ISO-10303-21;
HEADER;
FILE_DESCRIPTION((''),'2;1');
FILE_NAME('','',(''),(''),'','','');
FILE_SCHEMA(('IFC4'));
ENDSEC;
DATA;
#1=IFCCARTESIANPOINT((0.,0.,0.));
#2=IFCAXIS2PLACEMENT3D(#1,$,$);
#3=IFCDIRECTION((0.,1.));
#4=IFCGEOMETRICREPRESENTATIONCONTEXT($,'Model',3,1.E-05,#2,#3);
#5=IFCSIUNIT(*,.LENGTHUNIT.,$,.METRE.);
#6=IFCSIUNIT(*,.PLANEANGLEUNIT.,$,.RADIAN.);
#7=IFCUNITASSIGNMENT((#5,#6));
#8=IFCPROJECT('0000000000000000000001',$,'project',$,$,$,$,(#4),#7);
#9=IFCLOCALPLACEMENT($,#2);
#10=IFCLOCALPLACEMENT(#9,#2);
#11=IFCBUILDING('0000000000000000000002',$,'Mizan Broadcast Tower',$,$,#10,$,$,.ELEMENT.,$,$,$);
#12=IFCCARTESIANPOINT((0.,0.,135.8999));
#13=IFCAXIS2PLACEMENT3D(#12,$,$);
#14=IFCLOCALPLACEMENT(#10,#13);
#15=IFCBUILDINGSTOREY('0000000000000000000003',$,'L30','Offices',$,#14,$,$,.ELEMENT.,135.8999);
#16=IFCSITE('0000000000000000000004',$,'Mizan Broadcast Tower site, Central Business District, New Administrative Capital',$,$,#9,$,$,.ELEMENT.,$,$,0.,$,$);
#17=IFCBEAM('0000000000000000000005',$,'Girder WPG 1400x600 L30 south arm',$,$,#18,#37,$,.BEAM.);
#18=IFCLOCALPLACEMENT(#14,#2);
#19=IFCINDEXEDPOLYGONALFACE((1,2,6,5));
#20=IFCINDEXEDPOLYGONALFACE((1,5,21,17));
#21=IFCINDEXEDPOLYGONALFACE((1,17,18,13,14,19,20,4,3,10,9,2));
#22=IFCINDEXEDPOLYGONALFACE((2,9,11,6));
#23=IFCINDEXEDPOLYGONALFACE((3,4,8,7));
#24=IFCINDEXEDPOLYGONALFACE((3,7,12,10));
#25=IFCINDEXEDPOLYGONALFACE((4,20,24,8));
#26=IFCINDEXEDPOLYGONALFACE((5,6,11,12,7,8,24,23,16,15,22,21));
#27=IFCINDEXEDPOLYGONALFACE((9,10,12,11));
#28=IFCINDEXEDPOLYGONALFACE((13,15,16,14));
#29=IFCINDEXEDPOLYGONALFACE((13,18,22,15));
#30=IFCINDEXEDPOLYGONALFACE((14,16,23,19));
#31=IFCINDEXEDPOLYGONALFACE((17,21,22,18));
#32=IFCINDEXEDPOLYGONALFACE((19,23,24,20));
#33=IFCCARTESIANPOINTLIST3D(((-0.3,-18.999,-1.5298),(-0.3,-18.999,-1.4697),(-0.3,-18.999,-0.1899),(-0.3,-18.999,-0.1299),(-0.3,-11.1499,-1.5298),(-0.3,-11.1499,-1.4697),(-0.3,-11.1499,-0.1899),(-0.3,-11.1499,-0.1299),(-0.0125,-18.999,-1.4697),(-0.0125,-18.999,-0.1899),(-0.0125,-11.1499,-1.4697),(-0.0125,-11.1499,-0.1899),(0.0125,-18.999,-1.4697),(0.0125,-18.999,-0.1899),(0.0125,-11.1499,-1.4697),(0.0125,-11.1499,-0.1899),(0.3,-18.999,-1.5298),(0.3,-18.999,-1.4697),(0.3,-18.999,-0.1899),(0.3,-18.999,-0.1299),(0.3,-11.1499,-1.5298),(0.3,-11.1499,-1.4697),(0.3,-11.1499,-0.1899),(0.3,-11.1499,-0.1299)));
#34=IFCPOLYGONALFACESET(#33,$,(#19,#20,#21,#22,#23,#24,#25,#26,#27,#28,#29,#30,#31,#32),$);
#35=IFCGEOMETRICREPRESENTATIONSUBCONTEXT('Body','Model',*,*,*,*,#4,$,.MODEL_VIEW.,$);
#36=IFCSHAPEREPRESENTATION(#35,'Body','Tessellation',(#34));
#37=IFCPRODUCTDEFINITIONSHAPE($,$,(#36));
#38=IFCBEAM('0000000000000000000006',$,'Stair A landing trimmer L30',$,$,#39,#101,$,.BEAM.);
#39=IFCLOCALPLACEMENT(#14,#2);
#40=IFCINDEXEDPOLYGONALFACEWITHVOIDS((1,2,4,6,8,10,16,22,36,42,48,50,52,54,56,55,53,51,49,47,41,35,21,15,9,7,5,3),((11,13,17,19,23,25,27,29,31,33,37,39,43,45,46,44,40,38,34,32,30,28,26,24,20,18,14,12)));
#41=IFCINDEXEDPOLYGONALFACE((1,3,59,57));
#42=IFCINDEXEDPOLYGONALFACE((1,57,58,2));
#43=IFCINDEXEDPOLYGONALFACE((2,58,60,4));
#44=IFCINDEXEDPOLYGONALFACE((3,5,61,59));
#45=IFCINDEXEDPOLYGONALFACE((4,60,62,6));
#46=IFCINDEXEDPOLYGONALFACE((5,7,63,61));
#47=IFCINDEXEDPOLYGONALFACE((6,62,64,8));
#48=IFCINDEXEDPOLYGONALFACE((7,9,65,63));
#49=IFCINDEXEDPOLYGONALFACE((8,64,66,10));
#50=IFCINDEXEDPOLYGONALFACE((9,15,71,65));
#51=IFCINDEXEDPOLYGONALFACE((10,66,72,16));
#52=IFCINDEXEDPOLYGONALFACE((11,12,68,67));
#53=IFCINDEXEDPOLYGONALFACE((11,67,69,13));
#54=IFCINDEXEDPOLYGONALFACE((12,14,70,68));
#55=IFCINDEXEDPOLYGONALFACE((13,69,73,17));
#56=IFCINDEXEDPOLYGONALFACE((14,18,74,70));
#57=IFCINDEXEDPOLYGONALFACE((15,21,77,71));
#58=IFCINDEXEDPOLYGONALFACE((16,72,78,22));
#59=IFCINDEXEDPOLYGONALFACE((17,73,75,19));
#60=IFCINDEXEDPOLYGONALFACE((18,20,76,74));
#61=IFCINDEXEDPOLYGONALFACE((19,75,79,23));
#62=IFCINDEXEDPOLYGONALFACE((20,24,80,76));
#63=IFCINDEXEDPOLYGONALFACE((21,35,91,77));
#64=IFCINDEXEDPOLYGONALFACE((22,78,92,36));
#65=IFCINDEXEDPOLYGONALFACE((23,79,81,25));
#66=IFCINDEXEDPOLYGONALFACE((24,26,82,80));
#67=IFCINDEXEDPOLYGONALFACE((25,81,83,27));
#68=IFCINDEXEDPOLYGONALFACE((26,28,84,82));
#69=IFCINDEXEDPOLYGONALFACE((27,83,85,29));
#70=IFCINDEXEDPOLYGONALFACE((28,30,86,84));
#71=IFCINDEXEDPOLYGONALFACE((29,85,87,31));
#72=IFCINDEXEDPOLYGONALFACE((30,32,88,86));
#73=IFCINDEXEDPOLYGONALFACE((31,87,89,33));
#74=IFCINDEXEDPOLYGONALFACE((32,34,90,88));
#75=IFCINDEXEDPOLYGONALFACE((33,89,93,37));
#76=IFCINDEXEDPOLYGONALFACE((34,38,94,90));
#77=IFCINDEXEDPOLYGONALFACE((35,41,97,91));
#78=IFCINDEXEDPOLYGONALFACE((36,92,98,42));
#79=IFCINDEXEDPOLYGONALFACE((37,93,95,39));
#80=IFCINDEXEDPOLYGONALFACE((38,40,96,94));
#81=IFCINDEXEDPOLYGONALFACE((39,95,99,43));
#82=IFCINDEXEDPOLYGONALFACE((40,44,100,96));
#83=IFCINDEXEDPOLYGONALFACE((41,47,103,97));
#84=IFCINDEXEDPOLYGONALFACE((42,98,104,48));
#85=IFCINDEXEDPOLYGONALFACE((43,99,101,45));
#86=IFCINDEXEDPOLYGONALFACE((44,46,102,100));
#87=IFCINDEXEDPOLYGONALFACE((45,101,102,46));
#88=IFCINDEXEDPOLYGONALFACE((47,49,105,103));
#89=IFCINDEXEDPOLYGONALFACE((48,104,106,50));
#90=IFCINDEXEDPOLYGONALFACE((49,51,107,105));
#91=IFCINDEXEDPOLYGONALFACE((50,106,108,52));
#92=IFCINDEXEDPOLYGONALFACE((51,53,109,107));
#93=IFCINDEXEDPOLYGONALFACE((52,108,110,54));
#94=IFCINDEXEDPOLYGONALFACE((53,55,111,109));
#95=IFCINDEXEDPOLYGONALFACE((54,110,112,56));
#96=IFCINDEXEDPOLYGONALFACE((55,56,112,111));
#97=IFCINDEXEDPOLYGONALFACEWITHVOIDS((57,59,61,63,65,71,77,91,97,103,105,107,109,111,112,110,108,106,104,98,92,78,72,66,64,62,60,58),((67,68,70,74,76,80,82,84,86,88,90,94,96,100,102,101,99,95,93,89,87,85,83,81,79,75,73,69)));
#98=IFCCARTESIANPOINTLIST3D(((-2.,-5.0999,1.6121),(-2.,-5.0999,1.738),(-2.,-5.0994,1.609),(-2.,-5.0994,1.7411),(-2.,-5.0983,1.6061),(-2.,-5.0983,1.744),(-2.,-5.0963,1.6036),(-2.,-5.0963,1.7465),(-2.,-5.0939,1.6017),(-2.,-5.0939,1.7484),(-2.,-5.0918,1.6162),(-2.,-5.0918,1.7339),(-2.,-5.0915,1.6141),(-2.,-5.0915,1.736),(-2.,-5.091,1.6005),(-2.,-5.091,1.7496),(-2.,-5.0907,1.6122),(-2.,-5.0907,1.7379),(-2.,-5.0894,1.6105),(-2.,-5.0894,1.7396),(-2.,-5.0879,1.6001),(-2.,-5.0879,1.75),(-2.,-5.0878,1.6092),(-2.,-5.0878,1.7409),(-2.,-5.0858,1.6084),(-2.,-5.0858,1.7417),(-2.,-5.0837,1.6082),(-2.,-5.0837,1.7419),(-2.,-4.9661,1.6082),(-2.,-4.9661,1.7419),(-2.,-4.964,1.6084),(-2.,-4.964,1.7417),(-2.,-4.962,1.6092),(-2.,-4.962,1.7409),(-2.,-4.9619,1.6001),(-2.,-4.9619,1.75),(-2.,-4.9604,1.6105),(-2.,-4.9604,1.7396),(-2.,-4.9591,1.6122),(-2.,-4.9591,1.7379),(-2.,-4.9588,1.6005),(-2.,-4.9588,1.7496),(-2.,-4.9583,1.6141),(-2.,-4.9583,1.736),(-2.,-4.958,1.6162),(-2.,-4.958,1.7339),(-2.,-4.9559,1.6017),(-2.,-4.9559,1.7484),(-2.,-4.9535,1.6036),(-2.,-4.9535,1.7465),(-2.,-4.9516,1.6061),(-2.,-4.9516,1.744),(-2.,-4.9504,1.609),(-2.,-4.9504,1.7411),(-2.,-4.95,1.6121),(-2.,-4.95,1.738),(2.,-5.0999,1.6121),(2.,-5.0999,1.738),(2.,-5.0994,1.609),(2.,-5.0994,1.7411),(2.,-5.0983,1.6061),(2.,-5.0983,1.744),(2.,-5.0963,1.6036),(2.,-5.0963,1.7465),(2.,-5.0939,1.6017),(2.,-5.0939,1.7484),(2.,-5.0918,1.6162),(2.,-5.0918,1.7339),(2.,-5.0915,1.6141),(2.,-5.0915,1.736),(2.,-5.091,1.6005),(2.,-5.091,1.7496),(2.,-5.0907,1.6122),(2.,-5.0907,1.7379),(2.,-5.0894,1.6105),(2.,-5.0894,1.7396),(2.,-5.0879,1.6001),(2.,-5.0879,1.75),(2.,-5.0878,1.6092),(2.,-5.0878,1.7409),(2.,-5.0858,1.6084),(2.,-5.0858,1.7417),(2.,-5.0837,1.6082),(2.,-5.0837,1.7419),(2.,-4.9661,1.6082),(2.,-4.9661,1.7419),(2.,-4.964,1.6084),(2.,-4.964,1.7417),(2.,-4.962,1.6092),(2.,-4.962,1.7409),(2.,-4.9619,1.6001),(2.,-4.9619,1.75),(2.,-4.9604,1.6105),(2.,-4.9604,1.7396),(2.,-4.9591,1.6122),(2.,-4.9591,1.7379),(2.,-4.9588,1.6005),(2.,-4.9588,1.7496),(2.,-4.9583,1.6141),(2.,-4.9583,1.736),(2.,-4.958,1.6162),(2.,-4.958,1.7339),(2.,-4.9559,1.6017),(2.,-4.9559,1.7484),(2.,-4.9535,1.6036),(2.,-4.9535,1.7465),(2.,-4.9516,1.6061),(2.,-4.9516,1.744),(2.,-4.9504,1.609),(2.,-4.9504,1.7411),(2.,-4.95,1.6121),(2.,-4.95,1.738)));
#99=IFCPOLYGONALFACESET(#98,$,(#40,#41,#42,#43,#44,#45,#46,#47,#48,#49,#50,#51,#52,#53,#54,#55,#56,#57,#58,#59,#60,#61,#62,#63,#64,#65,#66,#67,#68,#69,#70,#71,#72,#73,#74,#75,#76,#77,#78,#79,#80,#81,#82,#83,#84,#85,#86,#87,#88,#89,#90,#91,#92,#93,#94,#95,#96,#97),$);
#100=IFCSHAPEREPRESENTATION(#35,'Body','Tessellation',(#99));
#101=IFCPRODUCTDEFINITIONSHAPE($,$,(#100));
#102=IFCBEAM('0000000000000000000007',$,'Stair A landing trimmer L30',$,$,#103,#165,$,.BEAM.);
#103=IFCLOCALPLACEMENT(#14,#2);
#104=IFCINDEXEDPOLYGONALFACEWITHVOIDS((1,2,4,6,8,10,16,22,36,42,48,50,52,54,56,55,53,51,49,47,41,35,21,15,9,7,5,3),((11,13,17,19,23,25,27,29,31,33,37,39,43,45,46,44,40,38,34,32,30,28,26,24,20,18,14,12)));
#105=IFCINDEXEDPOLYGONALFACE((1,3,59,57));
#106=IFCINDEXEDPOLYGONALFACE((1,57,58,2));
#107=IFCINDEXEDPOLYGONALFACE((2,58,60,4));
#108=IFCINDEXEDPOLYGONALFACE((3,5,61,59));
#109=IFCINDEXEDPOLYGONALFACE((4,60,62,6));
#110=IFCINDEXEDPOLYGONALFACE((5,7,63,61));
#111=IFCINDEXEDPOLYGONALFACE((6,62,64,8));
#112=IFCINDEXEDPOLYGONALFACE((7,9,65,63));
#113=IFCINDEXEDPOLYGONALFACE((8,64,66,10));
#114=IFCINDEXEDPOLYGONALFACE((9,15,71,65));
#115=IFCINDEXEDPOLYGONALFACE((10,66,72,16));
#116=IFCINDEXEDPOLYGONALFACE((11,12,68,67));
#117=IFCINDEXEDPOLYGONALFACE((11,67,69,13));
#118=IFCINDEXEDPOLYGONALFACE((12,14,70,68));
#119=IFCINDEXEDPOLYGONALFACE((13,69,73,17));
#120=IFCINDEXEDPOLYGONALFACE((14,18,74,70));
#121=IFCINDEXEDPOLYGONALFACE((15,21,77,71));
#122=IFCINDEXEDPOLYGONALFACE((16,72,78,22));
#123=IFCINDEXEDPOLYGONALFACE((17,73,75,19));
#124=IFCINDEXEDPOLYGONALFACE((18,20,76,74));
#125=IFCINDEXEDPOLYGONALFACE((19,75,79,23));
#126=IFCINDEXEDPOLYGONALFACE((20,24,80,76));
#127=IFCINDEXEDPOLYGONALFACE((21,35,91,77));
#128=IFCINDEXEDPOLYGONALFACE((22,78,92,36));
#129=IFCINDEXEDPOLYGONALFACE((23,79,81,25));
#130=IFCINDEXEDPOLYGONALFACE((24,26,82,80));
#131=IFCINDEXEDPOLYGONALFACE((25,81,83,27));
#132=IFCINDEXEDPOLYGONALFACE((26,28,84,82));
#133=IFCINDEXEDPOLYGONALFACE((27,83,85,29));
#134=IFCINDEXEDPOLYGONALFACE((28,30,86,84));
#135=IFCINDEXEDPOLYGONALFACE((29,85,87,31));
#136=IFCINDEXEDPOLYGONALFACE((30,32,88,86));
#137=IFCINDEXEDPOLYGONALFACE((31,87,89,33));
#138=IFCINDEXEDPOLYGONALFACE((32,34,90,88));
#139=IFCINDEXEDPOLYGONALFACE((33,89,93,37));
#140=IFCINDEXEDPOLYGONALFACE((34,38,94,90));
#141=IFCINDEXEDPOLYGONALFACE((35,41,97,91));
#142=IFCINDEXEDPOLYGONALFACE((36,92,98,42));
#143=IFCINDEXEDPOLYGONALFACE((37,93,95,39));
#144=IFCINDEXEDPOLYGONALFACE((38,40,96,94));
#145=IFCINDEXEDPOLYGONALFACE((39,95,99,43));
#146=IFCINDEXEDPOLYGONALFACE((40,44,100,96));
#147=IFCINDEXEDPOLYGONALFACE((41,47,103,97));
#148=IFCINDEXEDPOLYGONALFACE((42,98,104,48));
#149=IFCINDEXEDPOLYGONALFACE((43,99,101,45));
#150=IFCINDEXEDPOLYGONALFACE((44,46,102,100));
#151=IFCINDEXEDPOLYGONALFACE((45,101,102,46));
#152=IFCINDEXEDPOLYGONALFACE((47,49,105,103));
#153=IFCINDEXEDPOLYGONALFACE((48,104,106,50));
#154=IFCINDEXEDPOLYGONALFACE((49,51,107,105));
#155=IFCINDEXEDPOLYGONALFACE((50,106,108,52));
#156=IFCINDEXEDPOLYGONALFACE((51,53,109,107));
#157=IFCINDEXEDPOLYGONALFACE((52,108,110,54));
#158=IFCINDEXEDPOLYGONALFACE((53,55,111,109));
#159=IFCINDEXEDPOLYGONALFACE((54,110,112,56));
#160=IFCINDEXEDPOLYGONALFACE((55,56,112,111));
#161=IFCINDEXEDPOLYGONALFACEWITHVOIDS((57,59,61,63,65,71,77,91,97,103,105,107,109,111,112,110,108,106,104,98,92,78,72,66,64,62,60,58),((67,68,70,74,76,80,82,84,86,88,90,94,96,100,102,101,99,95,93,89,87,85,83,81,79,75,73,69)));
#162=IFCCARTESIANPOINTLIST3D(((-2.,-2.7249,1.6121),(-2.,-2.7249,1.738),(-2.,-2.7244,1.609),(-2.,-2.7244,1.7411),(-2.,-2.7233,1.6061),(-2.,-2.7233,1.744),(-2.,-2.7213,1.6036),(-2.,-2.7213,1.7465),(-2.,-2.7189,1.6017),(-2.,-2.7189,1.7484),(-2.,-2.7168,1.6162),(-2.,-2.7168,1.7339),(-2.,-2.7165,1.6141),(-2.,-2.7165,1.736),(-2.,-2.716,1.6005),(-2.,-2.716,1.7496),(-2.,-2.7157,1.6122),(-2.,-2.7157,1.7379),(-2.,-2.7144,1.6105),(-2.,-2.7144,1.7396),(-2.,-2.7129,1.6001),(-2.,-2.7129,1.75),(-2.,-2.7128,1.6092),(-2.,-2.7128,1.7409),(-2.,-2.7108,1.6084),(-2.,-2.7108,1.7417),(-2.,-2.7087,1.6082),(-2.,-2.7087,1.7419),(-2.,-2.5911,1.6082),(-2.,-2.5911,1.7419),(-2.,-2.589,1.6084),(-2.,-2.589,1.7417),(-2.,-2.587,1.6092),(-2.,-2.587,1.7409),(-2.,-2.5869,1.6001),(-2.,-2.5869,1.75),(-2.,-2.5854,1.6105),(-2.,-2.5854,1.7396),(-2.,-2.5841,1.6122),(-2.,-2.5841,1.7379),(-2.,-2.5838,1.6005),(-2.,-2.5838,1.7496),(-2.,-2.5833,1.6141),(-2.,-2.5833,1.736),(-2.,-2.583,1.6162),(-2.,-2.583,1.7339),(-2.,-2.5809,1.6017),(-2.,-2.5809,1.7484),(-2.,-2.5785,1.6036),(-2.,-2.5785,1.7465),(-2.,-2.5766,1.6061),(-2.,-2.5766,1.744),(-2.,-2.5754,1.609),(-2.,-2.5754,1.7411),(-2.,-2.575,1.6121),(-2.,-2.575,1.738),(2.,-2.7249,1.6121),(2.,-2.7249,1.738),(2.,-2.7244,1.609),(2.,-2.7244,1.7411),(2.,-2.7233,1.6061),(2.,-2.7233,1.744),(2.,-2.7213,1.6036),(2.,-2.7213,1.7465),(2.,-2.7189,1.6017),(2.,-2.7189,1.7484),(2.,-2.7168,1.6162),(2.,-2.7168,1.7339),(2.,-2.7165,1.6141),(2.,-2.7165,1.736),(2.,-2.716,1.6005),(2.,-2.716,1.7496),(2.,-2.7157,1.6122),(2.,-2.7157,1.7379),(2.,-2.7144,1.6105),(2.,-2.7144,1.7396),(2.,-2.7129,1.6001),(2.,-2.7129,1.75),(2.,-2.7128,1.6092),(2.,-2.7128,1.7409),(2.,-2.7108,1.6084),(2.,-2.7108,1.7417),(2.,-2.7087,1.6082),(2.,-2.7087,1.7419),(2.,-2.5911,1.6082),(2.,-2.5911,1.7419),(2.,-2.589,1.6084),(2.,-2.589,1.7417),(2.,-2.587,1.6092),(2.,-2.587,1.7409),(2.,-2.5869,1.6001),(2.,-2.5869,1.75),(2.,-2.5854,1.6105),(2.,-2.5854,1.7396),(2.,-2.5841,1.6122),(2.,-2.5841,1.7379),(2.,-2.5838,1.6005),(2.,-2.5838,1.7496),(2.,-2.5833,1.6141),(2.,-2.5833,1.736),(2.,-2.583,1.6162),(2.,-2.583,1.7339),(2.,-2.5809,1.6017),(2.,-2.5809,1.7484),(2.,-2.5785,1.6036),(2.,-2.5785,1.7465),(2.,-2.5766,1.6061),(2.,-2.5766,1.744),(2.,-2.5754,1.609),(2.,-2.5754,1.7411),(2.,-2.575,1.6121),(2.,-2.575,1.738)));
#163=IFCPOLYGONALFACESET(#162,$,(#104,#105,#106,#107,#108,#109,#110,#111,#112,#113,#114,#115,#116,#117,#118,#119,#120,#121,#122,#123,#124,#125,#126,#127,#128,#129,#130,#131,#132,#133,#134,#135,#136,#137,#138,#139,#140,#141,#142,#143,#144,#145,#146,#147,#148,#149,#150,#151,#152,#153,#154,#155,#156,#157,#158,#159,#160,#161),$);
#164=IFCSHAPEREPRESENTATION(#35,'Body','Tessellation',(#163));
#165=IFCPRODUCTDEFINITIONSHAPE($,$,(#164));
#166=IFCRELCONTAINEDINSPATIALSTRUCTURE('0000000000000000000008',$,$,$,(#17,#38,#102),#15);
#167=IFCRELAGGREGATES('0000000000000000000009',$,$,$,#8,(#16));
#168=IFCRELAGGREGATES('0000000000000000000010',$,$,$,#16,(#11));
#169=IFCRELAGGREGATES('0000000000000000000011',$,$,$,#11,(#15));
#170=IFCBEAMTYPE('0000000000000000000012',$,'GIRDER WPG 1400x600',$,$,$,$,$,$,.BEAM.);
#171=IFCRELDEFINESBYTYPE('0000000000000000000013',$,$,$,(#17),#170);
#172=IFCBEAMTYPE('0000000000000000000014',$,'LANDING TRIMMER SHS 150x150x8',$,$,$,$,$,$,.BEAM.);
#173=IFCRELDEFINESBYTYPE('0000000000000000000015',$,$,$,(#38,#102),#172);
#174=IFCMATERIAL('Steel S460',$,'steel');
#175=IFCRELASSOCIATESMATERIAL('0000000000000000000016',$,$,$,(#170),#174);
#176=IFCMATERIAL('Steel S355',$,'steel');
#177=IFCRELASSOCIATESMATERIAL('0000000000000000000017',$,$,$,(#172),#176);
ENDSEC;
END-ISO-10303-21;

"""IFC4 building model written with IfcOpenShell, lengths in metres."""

from ifc_helpers import new_model, si_unit, direction, frame, origin, origin_2d, place, context, subcontext, project, spatial, hollow_rectangle, i_section, extrude, material, material_profile, profile_set, type_object, element, save


model = new_model("IFC4")

# Units and contexts
model_context = context("Model", 3, precision=1e-05, world=origin(), true_north=direction((0.0, 1.0)))
body_context = subcontext(model_context, "Body", "Model", "MODEL_VIEW")
ifc_project = project(units=[si_unit("LENGTHUNIT", "METRE"), si_unit("PLANEANGLEUNIT", "RADIAN")], contexts=[model_context])

# Site, building, storey
site_placement = place(None, origin())
site = spatial("IfcSite", under=ifc_project, at=site_placement, Name="Mizan Broadcast Tower site, Central Business District, New Administrative Capital", CompositionType="ELEMENT", RefElevation=0.0)
building_placement = place(site_placement, origin())
building = spatial("IfcBuilding", under=site, at=building_placement, Name="Mizan Broadcast Tower", CompositionType="ELEMENT")
storey_placement = place(building_placement, frame((0.0, 0.0, 135.8999)))
storey = spatial("IfcBuildingStorey", under=building, at=storey_placement, Name="L30", Description="Offices", CompositionType="ELEMENT", Elevation=135.8999)

# Beams
ifc_material_1 = material(Name="Steel S460", Category="steel")
ifc_material_profile_1 = material_profile(ifc_material_1, i_section(OverallWidth=0.6001, OverallDepth=1.3999, WebThickness=0.0249, FlangeThickness=0.0601, at=origin_2d()), Name="WPG 1400x600")
ifc_profile_set_1 = profile_set([ifc_material_profile_1], Name="Steel S460")
beam_type_1 = type_object("IfcBeamType", Name="GIRDER WPG 1400x600", PredefinedType="BEAM", material=ifc_profile_set_1)
beam_placement = place(storey_placement, frame((0.0, -11.1499, -0.8298), z_axis=(0.0, -1.0, 0.0), x_axis=(1.0, 0.0, 0.0)))
element("IfcBeam", 1, at=beam_placement, inside=storey, type_object=beam_type_1, Name="Girder WPG 1400x600 L30 south arm", PredefinedType="BEAM", context=body_context, shape_type="SweptSolid", body=[
    extrude(i_section(OverallWidth=0.6001, OverallDepth=1.3999, WebThickness=0.0249, FlangeThickness=0.0601, at=origin_2d()), origin(), (0.0, 0.0, 1.0), 7.8491),
])
ifc_material_2 = material(Name="Steel S355", Category="steel")
ifc_material_profile_2 = material_profile(ifc_material_2, hollow_rectangle(XDim=0.1499, YDim=0.1499, WallThickness=0.0081, InnerFilletRadius=0.0081, OuterFilletRadius=0.012, at=origin_2d()), Name="SHS 150x150x8")
ifc_profile_set_2 = profile_set([ifc_material_profile_2], Name="Steel S355")
beam_type_2 = type_object("IfcBeamType", Name="LANDING TRIMMER SHS 150x150x8", PredefinedType="BEAM", material=ifc_profile_set_2)
for number, where, z_axis, x_axis, name in (
    (2, (-2.0, -5.0249, 1.675), (1.0, 0.0, 0.0), (0.0, 1.0, 0.0), "Stair A landing trimmer L30"),
    (3, (-2.0, -2.6499, 1.675), (1.0, 0.0, 0.0), (0.0, 1.0, 0.0), "Stair A landing trimmer L30"),
):
    element("IfcBeam", number, at=place(storey_placement, frame(where, z_axis=z_axis, x_axis=x_axis)), inside=storey, type_object=beam_type_2, Name=name, PredefinedType="BEAM", context=body_context, shape_type="SweptSolid", body=[
        extrude(hollow_rectangle(XDim=0.1499, YDim=0.1499, WallThickness=0.0081, InnerFilletRadius=0.0081, OuterFilletRadius=0.012, at=origin_2d()), origin(), (0.0, 0.0, 1.0), 4.0),
    ])

save(model, "model.ifc")
